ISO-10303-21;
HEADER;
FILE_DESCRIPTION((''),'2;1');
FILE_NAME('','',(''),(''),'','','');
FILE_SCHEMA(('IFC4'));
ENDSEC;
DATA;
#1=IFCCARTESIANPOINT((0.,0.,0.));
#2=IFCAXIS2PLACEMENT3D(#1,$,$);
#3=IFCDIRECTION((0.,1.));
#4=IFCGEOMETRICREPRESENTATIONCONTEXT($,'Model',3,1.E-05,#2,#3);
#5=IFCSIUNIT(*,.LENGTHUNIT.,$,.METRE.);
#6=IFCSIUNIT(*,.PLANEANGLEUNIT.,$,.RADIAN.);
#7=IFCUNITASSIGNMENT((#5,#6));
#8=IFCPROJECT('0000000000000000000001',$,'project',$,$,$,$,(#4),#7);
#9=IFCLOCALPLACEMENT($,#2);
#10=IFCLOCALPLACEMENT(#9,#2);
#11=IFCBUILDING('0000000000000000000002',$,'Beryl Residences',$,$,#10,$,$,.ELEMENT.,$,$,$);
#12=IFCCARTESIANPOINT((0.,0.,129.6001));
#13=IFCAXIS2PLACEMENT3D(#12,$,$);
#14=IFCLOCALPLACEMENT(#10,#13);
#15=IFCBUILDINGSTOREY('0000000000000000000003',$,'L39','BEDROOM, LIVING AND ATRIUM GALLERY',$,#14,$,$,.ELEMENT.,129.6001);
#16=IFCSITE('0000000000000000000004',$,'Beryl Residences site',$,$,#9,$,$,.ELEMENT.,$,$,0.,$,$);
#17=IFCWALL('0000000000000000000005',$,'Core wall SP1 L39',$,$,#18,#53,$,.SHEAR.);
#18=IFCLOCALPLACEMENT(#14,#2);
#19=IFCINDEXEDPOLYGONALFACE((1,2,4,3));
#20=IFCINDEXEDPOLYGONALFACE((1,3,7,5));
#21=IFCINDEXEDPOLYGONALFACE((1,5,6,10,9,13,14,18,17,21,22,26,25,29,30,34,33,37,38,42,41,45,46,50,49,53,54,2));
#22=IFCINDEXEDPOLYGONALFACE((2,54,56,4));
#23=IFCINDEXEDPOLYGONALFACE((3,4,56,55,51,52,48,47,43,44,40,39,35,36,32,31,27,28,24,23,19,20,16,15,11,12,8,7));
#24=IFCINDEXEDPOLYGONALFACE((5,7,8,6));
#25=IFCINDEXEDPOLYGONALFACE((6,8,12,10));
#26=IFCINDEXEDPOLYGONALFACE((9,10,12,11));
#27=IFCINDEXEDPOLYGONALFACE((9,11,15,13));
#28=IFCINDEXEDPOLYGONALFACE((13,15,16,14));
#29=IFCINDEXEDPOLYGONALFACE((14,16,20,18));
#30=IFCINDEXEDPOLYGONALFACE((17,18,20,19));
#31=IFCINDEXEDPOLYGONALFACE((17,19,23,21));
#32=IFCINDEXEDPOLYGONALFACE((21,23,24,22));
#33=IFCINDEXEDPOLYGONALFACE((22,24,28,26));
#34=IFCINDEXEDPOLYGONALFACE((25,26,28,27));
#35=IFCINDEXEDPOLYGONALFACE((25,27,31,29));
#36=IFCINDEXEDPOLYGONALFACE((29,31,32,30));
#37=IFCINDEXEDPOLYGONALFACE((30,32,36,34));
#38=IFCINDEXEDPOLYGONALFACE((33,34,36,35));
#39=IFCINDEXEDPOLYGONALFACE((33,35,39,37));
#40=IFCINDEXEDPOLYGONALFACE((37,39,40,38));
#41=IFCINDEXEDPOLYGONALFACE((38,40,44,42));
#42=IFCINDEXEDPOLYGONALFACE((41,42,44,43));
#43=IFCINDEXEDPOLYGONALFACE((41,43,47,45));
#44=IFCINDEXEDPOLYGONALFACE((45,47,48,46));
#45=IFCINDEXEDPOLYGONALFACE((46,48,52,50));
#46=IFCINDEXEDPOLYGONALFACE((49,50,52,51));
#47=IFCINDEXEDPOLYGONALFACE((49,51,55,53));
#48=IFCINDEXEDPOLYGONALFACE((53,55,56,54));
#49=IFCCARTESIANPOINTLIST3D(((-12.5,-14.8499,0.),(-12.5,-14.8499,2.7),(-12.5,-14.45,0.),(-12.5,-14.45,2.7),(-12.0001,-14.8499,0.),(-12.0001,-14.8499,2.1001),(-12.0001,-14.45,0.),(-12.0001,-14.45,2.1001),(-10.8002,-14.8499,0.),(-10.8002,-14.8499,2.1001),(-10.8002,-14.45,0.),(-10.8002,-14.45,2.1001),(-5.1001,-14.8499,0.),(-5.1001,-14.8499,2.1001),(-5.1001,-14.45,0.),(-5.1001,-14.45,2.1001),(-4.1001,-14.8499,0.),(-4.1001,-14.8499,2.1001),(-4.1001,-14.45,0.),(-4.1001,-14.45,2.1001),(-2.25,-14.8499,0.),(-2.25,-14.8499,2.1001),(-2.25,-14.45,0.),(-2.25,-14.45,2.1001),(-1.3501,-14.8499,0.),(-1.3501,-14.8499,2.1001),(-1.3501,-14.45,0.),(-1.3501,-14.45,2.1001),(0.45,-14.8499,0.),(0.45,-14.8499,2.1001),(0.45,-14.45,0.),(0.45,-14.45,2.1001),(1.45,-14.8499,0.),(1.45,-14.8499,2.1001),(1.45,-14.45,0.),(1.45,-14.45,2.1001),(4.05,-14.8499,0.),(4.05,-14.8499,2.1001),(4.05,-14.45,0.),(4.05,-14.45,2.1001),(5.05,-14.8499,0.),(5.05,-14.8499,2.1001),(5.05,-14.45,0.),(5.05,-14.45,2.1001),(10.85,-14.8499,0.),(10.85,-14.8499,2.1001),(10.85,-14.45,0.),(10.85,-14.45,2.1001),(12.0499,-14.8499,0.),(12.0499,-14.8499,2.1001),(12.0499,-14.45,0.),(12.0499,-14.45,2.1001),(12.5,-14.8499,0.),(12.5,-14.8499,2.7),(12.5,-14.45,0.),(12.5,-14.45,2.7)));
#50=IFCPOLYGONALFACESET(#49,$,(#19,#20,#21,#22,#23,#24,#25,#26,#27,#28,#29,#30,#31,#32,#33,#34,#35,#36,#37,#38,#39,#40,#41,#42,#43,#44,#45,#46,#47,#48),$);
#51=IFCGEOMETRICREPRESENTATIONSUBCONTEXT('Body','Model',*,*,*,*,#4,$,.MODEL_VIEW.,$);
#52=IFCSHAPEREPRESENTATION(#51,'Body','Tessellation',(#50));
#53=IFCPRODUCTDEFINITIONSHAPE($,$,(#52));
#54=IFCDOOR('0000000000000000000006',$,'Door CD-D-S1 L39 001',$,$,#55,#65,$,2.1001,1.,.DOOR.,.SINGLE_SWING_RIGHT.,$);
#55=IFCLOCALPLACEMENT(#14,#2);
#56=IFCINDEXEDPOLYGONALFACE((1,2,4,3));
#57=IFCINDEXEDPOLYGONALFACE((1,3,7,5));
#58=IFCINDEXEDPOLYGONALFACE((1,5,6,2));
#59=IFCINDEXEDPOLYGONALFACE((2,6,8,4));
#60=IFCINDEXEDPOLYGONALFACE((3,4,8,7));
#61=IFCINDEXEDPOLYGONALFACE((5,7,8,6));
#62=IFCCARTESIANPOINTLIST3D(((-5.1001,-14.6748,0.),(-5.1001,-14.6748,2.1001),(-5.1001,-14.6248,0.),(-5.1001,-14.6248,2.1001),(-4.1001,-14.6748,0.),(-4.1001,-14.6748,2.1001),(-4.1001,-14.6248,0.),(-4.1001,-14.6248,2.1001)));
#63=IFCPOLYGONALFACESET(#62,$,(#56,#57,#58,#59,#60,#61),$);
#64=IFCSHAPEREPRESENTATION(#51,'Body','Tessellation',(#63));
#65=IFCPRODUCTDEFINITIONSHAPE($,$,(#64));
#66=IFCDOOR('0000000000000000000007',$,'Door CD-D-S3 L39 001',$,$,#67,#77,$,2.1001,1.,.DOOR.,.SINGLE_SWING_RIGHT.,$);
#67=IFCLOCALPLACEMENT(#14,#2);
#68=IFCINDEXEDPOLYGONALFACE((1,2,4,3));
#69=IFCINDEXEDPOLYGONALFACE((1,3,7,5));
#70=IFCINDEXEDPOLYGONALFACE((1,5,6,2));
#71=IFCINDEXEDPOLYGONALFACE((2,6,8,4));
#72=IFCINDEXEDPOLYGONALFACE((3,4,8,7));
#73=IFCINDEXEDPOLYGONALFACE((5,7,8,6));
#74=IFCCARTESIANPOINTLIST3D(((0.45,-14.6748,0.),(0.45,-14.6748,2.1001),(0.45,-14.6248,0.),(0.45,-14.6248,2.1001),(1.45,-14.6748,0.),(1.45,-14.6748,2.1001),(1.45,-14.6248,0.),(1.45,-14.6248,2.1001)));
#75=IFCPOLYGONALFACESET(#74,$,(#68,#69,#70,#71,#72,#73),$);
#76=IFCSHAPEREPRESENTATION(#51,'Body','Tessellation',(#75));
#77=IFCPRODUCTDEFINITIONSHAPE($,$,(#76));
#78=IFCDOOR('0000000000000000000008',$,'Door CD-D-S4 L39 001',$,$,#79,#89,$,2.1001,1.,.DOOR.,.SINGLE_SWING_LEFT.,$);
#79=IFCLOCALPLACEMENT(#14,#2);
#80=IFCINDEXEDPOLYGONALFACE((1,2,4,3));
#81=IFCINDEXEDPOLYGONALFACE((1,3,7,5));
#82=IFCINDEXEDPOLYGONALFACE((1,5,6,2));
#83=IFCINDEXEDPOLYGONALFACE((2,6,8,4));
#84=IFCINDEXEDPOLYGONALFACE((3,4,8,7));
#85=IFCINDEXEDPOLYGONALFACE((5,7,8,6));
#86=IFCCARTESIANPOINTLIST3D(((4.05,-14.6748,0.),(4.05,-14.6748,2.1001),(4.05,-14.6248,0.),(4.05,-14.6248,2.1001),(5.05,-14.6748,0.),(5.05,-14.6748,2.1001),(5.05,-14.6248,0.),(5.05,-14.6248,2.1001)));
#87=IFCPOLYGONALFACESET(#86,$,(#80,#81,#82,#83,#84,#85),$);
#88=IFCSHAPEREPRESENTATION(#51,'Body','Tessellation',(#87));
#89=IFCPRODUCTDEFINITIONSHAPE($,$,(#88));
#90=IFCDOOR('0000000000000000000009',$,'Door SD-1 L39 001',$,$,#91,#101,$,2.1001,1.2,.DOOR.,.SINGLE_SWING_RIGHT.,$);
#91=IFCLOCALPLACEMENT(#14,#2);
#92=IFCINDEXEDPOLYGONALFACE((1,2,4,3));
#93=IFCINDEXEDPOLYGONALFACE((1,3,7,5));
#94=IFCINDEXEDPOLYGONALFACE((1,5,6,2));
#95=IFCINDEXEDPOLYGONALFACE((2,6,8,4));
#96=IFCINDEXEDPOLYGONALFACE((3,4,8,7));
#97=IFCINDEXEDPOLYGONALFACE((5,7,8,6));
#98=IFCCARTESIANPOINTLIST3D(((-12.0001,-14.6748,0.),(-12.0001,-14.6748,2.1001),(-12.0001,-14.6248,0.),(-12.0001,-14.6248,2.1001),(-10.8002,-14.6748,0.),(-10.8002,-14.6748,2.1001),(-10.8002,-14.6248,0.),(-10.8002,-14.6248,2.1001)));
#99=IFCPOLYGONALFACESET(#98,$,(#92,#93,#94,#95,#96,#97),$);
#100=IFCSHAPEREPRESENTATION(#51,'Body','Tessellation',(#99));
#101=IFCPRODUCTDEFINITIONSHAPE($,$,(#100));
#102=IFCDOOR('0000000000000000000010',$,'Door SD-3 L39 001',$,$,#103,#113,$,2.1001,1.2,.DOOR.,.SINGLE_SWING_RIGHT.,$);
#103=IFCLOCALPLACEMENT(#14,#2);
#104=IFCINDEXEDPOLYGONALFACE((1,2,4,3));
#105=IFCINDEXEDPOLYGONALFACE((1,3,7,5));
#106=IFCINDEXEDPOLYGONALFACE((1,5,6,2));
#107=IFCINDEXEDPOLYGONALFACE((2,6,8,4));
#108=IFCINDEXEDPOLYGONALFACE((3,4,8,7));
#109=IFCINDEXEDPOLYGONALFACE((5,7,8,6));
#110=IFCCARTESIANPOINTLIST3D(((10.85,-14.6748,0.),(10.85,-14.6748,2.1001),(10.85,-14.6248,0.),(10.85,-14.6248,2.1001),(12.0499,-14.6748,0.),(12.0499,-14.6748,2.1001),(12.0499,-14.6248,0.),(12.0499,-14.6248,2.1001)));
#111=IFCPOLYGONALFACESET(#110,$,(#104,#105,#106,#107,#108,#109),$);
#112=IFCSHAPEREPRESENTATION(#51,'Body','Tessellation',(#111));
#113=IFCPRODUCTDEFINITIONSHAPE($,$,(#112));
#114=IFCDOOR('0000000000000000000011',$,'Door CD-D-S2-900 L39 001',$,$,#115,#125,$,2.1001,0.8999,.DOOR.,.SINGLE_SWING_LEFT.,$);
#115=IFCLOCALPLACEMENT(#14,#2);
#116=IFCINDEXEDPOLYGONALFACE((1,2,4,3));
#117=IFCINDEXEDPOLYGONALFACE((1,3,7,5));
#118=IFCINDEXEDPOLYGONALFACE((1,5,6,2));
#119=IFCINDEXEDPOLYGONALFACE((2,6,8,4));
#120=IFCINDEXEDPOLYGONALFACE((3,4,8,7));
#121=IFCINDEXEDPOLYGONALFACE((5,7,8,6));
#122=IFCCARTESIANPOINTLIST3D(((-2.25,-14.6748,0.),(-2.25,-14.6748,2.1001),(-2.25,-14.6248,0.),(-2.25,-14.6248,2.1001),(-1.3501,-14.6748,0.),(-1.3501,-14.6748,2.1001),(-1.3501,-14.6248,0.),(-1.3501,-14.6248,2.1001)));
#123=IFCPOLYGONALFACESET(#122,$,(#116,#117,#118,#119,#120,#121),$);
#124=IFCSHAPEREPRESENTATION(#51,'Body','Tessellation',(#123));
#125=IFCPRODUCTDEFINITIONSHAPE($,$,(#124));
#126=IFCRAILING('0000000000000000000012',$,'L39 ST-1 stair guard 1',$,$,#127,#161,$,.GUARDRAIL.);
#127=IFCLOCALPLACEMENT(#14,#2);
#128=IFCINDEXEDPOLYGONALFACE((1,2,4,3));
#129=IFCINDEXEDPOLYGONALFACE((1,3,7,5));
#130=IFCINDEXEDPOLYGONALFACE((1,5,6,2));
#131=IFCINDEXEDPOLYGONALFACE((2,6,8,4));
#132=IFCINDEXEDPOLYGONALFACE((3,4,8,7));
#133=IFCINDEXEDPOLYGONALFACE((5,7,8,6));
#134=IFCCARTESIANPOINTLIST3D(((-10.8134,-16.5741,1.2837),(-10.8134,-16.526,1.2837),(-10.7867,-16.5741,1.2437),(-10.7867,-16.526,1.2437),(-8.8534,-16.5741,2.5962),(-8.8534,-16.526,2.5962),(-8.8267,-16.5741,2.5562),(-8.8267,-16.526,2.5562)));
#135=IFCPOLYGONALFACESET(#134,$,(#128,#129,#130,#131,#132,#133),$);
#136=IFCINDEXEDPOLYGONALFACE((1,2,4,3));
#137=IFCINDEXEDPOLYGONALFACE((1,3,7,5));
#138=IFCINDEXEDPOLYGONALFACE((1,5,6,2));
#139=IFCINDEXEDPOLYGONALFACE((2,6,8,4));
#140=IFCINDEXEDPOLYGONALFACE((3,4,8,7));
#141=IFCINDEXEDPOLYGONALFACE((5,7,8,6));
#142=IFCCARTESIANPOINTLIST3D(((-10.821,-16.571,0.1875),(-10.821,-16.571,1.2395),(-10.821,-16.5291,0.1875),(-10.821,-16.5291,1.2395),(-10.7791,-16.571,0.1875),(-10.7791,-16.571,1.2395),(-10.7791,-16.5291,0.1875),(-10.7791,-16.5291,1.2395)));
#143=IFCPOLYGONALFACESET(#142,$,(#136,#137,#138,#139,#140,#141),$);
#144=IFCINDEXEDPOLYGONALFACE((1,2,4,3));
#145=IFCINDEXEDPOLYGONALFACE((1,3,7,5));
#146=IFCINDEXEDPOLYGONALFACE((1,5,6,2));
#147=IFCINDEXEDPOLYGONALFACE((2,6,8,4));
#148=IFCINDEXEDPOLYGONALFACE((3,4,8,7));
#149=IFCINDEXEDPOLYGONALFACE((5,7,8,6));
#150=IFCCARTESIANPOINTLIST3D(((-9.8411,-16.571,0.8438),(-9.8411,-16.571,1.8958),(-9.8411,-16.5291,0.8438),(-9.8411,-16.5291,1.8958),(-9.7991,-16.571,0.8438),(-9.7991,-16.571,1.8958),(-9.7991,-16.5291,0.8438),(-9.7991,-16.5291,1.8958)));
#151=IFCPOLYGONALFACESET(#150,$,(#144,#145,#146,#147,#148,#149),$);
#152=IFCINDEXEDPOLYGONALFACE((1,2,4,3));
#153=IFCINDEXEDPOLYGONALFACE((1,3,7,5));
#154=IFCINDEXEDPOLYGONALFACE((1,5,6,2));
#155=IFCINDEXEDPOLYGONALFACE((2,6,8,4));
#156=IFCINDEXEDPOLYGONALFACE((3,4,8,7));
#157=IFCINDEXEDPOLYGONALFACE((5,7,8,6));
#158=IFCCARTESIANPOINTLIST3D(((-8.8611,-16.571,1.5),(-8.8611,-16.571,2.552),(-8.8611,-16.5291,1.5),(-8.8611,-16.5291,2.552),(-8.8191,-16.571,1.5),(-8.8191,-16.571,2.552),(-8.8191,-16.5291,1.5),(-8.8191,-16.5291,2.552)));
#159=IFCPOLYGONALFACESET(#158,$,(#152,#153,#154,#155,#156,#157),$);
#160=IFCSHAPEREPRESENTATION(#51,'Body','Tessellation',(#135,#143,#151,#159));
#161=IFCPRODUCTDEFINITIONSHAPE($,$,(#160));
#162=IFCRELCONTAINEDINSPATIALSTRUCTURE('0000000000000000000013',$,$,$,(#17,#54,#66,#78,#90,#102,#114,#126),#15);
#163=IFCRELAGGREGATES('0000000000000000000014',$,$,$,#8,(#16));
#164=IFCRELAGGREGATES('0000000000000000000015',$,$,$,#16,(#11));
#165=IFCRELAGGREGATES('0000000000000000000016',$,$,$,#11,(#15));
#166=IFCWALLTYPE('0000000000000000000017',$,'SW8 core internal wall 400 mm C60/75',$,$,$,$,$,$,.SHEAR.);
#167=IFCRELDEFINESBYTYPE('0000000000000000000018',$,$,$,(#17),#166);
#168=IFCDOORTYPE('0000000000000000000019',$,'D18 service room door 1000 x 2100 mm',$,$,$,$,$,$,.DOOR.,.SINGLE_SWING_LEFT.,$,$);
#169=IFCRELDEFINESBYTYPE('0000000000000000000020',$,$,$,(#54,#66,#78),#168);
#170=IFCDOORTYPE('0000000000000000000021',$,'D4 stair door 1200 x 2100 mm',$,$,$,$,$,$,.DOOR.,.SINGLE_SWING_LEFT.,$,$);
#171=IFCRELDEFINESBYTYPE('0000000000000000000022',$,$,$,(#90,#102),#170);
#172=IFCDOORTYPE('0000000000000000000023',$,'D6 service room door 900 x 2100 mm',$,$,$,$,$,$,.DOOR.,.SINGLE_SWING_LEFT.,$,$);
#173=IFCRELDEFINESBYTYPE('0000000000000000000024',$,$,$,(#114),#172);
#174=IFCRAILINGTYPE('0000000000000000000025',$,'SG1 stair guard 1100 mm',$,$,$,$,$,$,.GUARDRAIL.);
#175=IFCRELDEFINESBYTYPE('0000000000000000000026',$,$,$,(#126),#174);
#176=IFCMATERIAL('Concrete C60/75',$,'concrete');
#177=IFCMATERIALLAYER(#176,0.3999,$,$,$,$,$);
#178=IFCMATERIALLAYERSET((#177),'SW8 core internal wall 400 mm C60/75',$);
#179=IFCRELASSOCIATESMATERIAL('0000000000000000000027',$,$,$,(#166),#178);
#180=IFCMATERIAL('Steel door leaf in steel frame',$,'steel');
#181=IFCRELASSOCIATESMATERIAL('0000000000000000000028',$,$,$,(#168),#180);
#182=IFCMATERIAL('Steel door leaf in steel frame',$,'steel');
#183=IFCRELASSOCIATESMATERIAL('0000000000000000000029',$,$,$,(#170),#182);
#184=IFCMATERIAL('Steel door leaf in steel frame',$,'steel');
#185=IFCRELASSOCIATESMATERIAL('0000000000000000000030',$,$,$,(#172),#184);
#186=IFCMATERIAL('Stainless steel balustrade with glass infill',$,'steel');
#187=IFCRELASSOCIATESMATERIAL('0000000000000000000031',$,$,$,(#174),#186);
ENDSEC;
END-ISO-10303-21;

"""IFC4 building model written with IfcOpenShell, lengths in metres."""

from ifc_helpers import new_model, si_unit, direction, frame, frame_2d, origin, origin_2d, place, context, subcontext, project, spatial, rectangle, extrude, material, layer, layer_set, type_object, element, fill, save


model = new_model("IFC4")

# Units and contexts
model_context = context("Model", 3, precision=1e-05, world=origin(), true_north=direction((0.0, 1.0)))
body_context = subcontext(model_context, "Body", "Model", "MODEL_VIEW")
ifc_project = project(units=[si_unit("LENGTHUNIT", "METRE"), si_unit("PLANEANGLEUNIT", "RADIAN")], contexts=[model_context])

# Site, building, storey
site_placement = place(None, origin())
site = spatial("IfcSite", under=ifc_project, at=site_placement, Name="Beryl Residences site", CompositionType="ELEMENT", RefElevation=0.0)
building_placement = place(site_placement, origin())
building = spatial("IfcBuilding", under=site, at=building_placement, Name="Beryl Residences", CompositionType="ELEMENT")
storey_placement = place(building_placement, frame((0.0, 0.0, 129.6001)))
storey = spatial("IfcBuildingStorey", under=building, at=storey_placement, Name="L39", Description="BEDROOM, LIVING AND ATRIUM GALLERY", CompositionType="ELEMENT", Elevation=129.6001)

# Wall, openings, doors
ifc_material_1 = material(Name="Concrete C60/75", Category="concrete")
ifc_layer_1 = layer(ifc_material_1, 0.3999)
ifc_layer_set_1 = layer_set([ifc_layer_1], Name="SW8 core internal wall 400 mm C60/75")
wall_type_1 = type_object("IfcWallType", Name="SW8 core internal wall 400 mm C60/75", PredefinedType="SHEAR", material=ifc_layer_set_1)
wall_1_placement = place(storey_placement, frame((-12.5, -14.6499, 0.0), z_axis=(0.0, 0.0, 1.0), x_axis=(1.0, 0.0, 0.0)))
wall_1 = element("IfcWall", 1, at=wall_1_placement, inside=storey, type_object=wall_type_1, Name="Core wall SP1 L39", PredefinedType="SHEAR", context=body_context, shape_type="SweptSolid", body=[
    extrude(rectangle(XDim=25.0, YDim=0.3999, at=frame_2d((12.5, 0.0))), origin(), (0.0, 0.0, 1.0), 2.7),
])
opening_1_placement = place(wall_1_placement, frame((1.7, 0.0, 0.0), z_axis=(0.0, 0.0, 1.0), x_axis=(-1.0, 0.0, 0.0)))
opening_1 = element("IfcOpeningElement", 2, at=opening_1_placement, cuts=wall_1, PredefinedType="OPENING", context=body_context, shape_type="SweptSolid", body=[
    extrude(rectangle(XDim=1.2, YDim=2.1001, at=frame_2d((0.6001, 1.05))), frame((0.0, 0.21, 0.0), z_axis=(0.0, -1.0, 0.0), x_axis=(1.0, 0.0, 0.0)), (0.0, 0.0, 1.0), 0.4199),
])
opening_2_placement = place(wall_1_placement, frame((24.55, 0.0, 0.0), z_axis=(0.0, 0.0, 1.0), x_axis=(-1.0, 0.0, 0.0)))
opening_2 = element("IfcOpeningElement", 3, at=opening_2_placement, cuts=wall_1, PredefinedType="OPENING", context=body_context, shape_type="SweptSolid", body=[
    extrude(rectangle(XDim=1.2, YDim=2.1001, at=frame_2d((0.6001, 1.05))), frame((0.0, 0.21, 0.0), z_axis=(0.0, -1.0, 0.0), x_axis=(1.0, 0.0, 0.0)), (0.0, 0.0, 1.0), 0.4199),
])
opening_3_placement = place(wall_1_placement, frame((8.3999, 0.0, 0.0), z_axis=(0.0, 0.0, 1.0), x_axis=(-1.0, 0.0, 0.0)))
opening_3 = element("IfcOpeningElement", 4, at=opening_3_placement, cuts=wall_1, PredefinedType="OPENING", context=body_context, shape_type="SweptSolid", body=[
    extrude(rectangle(XDim=1.0, YDim=2.1001, at=frame_2d((0.5, 1.05))), frame((0.0, 0.21, 0.0), z_axis=(0.0, -1.0, 0.0), x_axis=(1.0, 0.0, 0.0)), (0.0, 0.0, 1.0), 0.4199),
])
opening_4_placement = place(wall_1_placement, frame((11.1499, 0.0, 0.0), z_axis=(0.0, 0.0, 1.0), x_axis=(-1.0, 0.0, 0.0)))
opening_4 = element("IfcOpeningElement", 5, at=opening_4_placement, cuts=wall_1, PredefinedType="OPENING", context=body_context, shape_type="SweptSolid", body=[
    extrude(rectangle(XDim=0.8999, YDim=2.1001, at=frame_2d((0.45, 1.05))), frame((0.0, 0.21, 0.0), z_axis=(0.0, -1.0, 0.0), x_axis=(1.0, 0.0, 0.0)), (0.0, 0.0, 1.0), 0.4199),
])
opening_5_placement = place(wall_1_placement, frame((13.95, 0.0, 0.0), z_axis=(0.0, 0.0, 1.0), x_axis=(-1.0, 0.0, 0.0)))
opening_5 = element("IfcOpeningElement", 6, at=opening_5_placement, cuts=wall_1, PredefinedType="OPENING", context=body_context, shape_type="SweptSolid", body=[
    extrude(rectangle(XDim=1.0, YDim=2.1001, at=frame_2d((0.5, 1.05))), frame((0.0, 0.21, 0.0), z_axis=(0.0, -1.0, 0.0), x_axis=(1.0, 0.0, 0.0)), (0.0, 0.0, 1.0), 0.4199),
])
opening_6_placement = place(wall_1_placement, frame((17.55, 0.0, 0.0), z_axis=(0.0, 0.0, 1.0), x_axis=(-1.0, 0.0, 0.0)))
opening_6 = element("IfcOpeningElement", 7, at=opening_6_placement, cuts=wall_1, PredefinedType="OPENING", context=body_context, shape_type="SweptSolid", body=[
    extrude(rectangle(XDim=1.0, YDim=2.1001, at=frame_2d((0.5, 1.05))), frame((0.0, 0.21, 0.0), z_axis=(0.0, -1.0, 0.0), x_axis=(1.0, 0.0, 0.0)), (0.0, 0.0, 1.0), 0.4199),
])
ifc_material_2 = material(Name="Steel door leaf in steel frame", Category="steel")
door_type_1 = type_object("IfcDoorType", Name="D18 service room door 1000 x 2100 mm", OperationType="SINGLE_SWING_LEFT", PredefinedType="DOOR", material=ifc_material_2)
door_1_placement = place(opening_3_placement, origin())
door_1 = element("IfcDoor", 8, at=door_1_placement, inside=storey, type_object=door_type_1, Name="Door CD-D-S1 L39 001", OperationType="SINGLE_SWING_RIGHT", OverallHeight=2.1001, OverallWidth=1.0, PredefinedType="DOOR", context=body_context, shape_type="SweptSolid", body=[
    extrude(rectangle(XDim=1.0, YDim=2.1001, at=frame_2d((0.5, 1.05))), frame((0.0, 0.0249, 0.0), z_axis=(0.0, -1.0, 0.0), x_axis=(1.0, 0.0, 0.0)), (0.0, 0.0, 1.0), 0.05),
])
fill(opening_3, door_1)
door_2_placement = place(opening_5_placement, origin())
door_2 = element("IfcDoor", 9, at=door_2_placement, inside=storey, type_object=door_type_1, Name="Door CD-D-S3 L39 001", OperationType="SINGLE_SWING_RIGHT", OverallHeight=2.1001, OverallWidth=1.0, PredefinedType="DOOR", context=body_context, shape_type="SweptSolid", body=[
    extrude(rectangle(XDim=1.0, YDim=2.1001, at=frame_2d((0.5, 1.05))), frame((0.0, 0.0249, 0.0), z_axis=(0.0, -1.0, 0.0), x_axis=(1.0, 0.0, 0.0)), (0.0, 0.0, 1.0), 0.05),
])
fill(opening_5, door_2)
door_3_placement = place(opening_6_placement, origin())
door_3 = element("IfcDoor", 10, at=door_3_placement, inside=storey, type_object=door_type_1, Name="Door CD-D-S4 L39 001", OperationType="SINGLE_SWING_LEFT", OverallHeight=2.1001, OverallWidth=1.0, PredefinedType="DOOR", context=body_context, shape_type="SweptSolid", body=[
    extrude(rectangle(XDim=1.0, YDim=2.1001, at=frame_2d((0.5, 1.05))), frame((0.0, 0.0249, 0.0), z_axis=(0.0, -1.0, 0.0), x_axis=(1.0, 0.0, 0.0)), (0.0, 0.0, 1.0), 0.05),
])
fill(opening_6, door_3)
ifc_material_3 = material(Name="Steel door leaf in steel frame", Category="steel")
door_type_2 = type_object("IfcDoorType", Name="D4 stair door 1200 x 2100 mm", OperationType="SINGLE_SWING_LEFT", PredefinedType="DOOR", material=ifc_material_3)
door_4_placement = place(opening_1_placement, origin())
door_4 = element("IfcDoor", 11, at=door_4_placement, inside=storey, type_object=door_type_2, Name="Door SD-1 L39 001", OperationType="SINGLE_SWING_RIGHT", OverallHeight=2.1001, OverallWidth=1.2, PredefinedType="DOOR", context=body_context, shape_type="SweptSolid", body=[
    extrude(rectangle(XDim=1.2, YDim=2.1001, at=frame_2d((0.6001, 1.05))), frame((0.0, 0.0249, 0.0), z_axis=(0.0, -1.0, 0.0), x_axis=(1.0, 0.0, 0.0)), (0.0, 0.0, 1.0), 0.05),
])
fill(opening_1, door_4)
door_5_placement = place(opening_2_placement, origin())
door_5 = element("IfcDoor", 12, at=door_5_placement, inside=storey, type_object=door_type_2, Name="Door SD-3 L39 001", OperationType="SINGLE_SWING_RIGHT", OverallHeight=2.1001, OverallWidth=1.2, PredefinedType="DOOR", context=body_context, shape_type="SweptSolid", body=[
    extrude(rectangle(XDim=1.2, YDim=2.1001, at=frame_2d((0.6001, 1.05))), frame((0.0, 0.0249, 0.0), z_axis=(0.0, -1.0, 0.0), x_axis=(1.0, 0.0, 0.0)), (0.0, 0.0, 1.0), 0.05),
])
fill(opening_2, door_5)
ifc_material_4 = material(Name="Steel door leaf in steel frame", Category="steel")
door_type_3 = type_object("IfcDoorType", Name="D6 service room door 900 x 2100 mm", OperationType="SINGLE_SWING_LEFT", PredefinedType="DOOR", material=ifc_material_4)
door_6_placement = place(opening_4_placement, origin())
door_6 = element("IfcDoor", 13, at=door_6_placement, inside=storey, type_object=door_type_3, Name="Door CD-D-S2-900 L39 001", OperationType="SINGLE_SWING_LEFT", OverallHeight=2.1001, OverallWidth=0.8999, PredefinedType="DOOR", context=body_context, shape_type="SweptSolid", body=[
    extrude(rectangle(XDim=0.8999, YDim=2.1001, at=frame_2d((0.45, 1.05))), frame((0.0, 0.0249, 0.0), z_axis=(0.0, -1.0, 0.0), x_axis=(1.0, 0.0, 0.0)), (0.0, 0.0, 1.0), 0.05),
])
fill(opening_4, door_6)

# Railing
ifc_material_5 = material(Name="Stainless steel balustrade with glass infill", Category="steel")
railing_type_1 = type_object("IfcRailingType", Name="SG1 stair guard 1100 mm", PredefinedType="GUARDRAIL", material=ifc_material_5)
railing_1_placement = place(storey_placement, frame((-10.8, -16.55, 0.1875)))
element("IfcRailing", 14, at=railing_1_placement, inside=storey, type_object=railing_type_1, Name="L39 ST-1 stair guard 1", PredefinedType="GUARDRAIL", context=body_context, shape_type="SweptSolid", body=[
    extrude(rectangle(XDim=0.0481, YDim=0.0481, at=origin_2d()), frame((0.0, 0.0, 1.0762), z_axis=(0.830902, 0.0, 0.556419), x_axis=(0.0, 1.0, 0.0)), (0.0, 0.0, 1.0), 2.3589),
    extrude(rectangle(XDim=0.042, YDim=0.042, at=origin_2d()), origin(), (0.0, 0.0, 1.0), 1.052),
    extrude(rectangle(XDim=0.042, YDim=0.042, at=origin_2d()), frame((0.98, 0.0, 0.6562)), (0.0, 0.0, 1.0), 1.052),
    extrude(rectangle(XDim=0.042, YDim=0.042, at=origin_2d()), frame((1.96, 0.0, 1.3125)), (0.0, 0.0, 1.0), 1.052),
])

save(model, "model.ifc")
